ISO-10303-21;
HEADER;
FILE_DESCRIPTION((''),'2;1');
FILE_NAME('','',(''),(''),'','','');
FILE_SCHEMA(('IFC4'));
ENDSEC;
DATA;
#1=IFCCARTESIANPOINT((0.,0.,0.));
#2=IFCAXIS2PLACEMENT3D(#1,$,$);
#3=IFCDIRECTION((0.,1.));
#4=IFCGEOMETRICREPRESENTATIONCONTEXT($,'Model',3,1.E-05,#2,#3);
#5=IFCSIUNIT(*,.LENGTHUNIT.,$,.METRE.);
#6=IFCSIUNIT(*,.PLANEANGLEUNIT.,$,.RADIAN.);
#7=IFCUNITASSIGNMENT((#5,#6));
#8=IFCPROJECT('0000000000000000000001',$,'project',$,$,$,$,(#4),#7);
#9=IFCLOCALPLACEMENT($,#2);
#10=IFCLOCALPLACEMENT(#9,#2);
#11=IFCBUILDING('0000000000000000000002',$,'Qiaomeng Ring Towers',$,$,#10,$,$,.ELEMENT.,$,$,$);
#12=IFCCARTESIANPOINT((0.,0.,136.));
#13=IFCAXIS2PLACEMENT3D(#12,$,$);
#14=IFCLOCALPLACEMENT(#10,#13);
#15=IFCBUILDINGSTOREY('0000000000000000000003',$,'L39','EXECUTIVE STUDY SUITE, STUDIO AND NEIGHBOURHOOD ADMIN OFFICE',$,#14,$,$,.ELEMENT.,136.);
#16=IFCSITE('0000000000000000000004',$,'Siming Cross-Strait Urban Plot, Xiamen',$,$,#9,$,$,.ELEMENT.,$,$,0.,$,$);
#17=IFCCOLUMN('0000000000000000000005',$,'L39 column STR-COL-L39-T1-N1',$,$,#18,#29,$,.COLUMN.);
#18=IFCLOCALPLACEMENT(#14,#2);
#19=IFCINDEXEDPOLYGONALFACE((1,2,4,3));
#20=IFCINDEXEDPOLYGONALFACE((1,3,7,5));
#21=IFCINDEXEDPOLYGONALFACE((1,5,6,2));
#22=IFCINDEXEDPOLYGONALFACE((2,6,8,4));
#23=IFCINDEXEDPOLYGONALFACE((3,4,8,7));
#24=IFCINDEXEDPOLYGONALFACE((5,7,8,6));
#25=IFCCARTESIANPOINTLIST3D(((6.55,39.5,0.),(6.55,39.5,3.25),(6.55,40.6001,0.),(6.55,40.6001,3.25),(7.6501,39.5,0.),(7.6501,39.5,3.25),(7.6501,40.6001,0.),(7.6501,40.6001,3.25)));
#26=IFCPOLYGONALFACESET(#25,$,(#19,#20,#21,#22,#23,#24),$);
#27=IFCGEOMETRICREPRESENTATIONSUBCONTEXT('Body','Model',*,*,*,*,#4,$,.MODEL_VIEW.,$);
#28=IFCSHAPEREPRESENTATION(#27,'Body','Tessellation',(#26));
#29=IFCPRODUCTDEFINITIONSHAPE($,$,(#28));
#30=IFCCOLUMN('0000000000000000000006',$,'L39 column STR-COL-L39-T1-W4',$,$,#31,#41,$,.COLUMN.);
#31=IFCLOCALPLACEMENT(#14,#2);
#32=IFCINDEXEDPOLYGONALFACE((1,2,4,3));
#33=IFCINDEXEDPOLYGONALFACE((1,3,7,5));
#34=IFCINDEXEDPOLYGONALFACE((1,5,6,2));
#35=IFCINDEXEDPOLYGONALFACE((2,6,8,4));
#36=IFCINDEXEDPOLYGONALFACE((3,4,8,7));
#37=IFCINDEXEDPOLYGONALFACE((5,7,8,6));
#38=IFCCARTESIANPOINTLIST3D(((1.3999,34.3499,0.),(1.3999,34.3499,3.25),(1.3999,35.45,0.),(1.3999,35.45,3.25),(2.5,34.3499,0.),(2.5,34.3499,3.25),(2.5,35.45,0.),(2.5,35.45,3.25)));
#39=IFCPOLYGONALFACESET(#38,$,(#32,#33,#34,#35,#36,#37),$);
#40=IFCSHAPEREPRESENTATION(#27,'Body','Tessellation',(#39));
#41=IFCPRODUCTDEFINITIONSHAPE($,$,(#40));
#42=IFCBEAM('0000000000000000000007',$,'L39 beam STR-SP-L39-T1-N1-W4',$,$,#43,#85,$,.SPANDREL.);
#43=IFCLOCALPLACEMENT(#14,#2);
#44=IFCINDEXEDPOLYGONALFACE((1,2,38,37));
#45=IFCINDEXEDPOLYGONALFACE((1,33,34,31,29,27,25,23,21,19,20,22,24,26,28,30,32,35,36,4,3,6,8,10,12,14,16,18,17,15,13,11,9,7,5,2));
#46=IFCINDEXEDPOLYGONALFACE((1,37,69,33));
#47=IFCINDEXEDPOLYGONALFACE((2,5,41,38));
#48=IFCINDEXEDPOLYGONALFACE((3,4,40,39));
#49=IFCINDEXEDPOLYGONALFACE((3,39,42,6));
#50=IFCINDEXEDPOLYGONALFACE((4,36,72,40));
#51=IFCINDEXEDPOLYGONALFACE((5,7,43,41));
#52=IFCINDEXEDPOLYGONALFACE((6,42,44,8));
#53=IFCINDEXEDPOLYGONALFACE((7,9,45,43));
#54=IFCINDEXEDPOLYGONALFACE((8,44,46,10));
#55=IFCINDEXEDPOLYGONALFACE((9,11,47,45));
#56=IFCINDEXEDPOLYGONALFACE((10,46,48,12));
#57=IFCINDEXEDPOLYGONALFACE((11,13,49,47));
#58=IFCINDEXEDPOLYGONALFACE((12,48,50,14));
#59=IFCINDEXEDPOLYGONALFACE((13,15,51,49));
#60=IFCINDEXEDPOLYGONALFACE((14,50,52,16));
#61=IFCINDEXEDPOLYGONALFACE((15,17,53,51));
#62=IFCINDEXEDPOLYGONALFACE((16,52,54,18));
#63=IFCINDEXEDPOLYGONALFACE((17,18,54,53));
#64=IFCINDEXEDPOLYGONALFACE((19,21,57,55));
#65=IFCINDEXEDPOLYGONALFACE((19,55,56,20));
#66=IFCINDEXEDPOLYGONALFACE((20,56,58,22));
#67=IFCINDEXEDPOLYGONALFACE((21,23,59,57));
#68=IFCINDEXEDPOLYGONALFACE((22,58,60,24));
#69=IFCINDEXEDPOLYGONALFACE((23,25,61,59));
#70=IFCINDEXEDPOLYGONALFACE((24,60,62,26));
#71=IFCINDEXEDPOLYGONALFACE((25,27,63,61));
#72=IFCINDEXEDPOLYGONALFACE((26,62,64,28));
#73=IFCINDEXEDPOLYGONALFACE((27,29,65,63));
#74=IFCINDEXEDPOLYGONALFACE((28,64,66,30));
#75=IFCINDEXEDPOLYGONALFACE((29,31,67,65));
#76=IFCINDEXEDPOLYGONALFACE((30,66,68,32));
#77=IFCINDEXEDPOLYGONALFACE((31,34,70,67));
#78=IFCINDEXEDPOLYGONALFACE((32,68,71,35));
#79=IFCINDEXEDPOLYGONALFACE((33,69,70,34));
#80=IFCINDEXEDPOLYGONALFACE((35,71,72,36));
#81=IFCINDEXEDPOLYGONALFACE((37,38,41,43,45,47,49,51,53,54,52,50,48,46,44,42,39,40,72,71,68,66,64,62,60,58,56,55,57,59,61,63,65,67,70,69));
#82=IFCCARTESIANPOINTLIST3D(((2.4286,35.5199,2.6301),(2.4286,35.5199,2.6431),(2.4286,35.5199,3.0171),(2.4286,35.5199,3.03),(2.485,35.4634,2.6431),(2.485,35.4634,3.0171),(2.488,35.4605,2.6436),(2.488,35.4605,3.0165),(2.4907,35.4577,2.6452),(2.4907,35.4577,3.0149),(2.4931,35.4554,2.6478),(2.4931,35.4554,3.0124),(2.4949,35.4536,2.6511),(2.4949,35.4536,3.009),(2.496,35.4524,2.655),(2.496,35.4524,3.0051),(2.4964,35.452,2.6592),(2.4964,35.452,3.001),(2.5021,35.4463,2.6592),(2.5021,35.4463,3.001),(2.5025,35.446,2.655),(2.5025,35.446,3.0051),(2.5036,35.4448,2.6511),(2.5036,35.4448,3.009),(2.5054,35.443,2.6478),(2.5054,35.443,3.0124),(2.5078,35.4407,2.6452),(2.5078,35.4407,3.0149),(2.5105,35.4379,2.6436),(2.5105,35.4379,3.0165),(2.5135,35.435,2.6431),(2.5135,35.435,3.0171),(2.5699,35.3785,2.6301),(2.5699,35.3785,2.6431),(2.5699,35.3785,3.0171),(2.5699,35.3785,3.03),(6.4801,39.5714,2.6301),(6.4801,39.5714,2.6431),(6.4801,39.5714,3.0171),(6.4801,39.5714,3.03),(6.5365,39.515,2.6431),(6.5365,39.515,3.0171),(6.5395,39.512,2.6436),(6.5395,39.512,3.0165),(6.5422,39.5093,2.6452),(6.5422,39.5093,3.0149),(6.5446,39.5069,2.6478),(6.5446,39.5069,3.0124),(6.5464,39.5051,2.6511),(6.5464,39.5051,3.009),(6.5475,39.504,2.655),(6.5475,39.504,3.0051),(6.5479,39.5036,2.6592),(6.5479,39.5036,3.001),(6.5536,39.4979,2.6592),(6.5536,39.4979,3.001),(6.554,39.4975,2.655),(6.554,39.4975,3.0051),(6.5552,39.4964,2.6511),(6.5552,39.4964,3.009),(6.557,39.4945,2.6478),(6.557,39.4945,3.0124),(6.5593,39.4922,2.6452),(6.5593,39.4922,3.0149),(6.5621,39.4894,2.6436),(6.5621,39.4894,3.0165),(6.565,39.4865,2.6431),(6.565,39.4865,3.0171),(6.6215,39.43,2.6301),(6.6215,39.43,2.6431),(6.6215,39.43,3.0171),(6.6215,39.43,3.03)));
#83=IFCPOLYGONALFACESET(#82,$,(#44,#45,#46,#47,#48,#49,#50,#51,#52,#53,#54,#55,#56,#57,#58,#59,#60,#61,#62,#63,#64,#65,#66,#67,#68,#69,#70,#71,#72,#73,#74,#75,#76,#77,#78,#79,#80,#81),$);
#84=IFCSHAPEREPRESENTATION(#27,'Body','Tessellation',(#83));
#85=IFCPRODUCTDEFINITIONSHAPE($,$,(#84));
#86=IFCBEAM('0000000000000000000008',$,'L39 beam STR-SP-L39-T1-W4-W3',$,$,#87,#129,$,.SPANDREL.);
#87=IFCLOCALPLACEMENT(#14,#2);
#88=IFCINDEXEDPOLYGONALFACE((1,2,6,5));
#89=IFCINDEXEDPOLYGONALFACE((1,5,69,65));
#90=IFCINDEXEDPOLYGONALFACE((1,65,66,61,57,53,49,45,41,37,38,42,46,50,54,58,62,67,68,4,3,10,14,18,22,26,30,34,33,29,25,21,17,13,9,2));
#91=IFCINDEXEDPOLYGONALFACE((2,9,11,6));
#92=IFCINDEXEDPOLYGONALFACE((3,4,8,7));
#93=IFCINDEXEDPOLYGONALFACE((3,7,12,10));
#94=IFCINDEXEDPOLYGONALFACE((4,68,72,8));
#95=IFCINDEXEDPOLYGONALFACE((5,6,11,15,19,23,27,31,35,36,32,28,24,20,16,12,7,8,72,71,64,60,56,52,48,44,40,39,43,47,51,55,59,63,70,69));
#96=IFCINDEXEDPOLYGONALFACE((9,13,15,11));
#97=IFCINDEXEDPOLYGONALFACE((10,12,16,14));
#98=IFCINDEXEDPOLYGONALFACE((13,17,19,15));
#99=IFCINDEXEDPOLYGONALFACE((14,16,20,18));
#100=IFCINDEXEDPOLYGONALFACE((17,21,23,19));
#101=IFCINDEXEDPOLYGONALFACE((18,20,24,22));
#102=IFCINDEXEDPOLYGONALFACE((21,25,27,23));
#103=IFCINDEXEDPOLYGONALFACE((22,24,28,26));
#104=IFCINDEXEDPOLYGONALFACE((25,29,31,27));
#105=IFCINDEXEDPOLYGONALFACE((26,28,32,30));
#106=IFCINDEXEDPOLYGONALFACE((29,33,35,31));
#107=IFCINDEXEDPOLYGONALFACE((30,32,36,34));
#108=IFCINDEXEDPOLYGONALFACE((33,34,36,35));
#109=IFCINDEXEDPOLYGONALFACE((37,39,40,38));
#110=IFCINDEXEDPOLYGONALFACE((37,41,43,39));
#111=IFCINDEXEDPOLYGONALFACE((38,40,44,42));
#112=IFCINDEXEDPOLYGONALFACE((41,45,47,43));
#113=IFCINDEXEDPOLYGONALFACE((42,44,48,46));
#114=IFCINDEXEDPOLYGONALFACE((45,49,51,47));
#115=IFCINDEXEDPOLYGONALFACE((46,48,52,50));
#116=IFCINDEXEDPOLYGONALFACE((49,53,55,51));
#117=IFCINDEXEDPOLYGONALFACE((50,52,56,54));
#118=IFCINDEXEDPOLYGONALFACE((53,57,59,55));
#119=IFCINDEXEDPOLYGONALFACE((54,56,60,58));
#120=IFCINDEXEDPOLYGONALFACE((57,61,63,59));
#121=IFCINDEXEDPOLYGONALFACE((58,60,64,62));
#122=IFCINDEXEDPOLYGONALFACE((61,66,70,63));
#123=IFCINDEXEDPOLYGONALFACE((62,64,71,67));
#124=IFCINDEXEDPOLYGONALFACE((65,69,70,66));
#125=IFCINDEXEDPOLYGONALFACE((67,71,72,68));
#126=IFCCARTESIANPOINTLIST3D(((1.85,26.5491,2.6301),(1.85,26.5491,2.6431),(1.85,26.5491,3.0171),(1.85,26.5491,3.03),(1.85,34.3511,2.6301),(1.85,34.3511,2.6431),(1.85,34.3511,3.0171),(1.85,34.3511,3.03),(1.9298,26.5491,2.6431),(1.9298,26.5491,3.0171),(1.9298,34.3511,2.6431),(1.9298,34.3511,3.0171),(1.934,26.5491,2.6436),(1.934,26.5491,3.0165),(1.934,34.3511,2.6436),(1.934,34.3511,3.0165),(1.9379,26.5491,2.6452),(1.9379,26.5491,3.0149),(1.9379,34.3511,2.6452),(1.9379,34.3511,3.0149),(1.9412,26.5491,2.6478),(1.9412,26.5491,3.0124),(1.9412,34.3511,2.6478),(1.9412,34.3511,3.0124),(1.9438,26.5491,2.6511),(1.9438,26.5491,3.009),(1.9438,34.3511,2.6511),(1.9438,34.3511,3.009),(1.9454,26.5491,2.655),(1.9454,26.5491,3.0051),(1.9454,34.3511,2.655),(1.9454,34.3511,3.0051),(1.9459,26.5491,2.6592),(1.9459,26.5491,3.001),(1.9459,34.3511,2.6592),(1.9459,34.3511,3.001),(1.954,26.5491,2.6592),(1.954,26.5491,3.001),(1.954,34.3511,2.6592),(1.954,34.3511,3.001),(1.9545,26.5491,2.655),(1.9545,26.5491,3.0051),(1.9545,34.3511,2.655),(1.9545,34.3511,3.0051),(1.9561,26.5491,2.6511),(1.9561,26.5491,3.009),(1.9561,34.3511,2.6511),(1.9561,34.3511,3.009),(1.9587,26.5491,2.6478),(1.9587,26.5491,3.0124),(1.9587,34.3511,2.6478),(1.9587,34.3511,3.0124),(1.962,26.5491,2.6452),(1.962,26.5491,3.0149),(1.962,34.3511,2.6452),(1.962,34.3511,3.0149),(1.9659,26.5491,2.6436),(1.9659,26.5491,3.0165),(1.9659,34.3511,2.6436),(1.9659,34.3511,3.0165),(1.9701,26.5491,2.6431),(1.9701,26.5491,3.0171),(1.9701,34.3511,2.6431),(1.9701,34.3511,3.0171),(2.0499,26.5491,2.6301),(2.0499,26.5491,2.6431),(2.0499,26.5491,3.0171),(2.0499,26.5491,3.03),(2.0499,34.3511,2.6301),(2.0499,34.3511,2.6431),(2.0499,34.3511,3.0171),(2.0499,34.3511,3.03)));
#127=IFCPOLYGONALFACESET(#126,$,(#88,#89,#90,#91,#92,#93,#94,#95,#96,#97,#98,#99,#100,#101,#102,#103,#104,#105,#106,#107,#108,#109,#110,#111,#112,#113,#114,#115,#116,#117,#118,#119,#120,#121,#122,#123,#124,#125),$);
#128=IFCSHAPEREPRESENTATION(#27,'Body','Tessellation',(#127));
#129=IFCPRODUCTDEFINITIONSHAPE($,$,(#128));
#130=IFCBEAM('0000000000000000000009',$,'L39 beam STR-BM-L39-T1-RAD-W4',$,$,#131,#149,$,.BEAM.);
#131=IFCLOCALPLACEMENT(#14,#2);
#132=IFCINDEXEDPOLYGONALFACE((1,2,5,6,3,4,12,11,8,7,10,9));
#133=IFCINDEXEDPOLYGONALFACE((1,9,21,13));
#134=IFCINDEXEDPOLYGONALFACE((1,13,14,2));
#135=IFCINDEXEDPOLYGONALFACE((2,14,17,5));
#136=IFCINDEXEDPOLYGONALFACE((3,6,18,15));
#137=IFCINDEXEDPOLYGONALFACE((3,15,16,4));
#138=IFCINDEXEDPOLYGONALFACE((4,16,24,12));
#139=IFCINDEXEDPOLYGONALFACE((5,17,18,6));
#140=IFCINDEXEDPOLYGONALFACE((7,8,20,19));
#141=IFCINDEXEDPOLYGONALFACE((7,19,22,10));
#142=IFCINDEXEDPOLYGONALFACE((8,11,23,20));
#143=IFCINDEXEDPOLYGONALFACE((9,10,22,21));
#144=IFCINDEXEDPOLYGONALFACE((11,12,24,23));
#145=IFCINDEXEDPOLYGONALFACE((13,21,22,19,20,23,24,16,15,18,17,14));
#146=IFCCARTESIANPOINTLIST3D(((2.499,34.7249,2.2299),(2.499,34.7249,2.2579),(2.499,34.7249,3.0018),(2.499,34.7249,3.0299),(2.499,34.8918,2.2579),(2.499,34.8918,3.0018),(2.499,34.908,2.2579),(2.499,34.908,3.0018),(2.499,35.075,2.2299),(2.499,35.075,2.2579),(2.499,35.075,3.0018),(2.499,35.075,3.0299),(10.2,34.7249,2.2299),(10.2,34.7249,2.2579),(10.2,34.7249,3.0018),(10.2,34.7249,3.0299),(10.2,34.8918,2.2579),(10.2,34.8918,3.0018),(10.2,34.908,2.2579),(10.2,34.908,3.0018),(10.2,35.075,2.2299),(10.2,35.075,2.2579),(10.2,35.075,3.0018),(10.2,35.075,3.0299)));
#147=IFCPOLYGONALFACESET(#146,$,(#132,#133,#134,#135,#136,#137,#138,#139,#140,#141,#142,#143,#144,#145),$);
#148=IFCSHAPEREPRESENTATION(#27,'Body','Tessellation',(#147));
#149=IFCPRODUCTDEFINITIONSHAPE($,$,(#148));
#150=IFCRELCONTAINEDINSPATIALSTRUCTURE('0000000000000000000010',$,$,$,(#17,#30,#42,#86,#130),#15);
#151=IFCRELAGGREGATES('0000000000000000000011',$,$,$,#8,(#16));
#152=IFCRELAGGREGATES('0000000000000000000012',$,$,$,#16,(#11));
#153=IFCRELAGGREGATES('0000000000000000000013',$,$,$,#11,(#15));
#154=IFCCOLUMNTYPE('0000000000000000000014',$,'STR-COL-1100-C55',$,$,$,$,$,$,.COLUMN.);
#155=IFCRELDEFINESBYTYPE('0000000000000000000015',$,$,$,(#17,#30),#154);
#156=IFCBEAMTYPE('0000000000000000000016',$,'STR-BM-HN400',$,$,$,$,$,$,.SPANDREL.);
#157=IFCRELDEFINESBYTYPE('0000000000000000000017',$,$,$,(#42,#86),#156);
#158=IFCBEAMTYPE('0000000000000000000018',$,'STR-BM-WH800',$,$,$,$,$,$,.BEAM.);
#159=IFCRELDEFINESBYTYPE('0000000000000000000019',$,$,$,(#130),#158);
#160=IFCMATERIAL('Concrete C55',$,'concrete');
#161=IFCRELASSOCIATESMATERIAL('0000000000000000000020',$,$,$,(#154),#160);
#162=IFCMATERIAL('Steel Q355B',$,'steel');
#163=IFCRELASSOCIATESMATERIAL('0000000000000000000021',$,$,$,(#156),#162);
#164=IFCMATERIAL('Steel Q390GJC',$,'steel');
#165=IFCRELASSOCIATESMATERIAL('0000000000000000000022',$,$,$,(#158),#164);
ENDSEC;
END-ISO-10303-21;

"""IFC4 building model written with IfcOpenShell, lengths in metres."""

from ifc_helpers import new_model, si_unit, direction, frame, origin, origin_2d, place, context, subcontext, project, spatial, rectangle, i_section, extrude, source, transform, mapped, material, material_profile, profile_set, type_object, element, save


model = new_model("IFC4")

# Units and contexts
model_context = context("Model", 3, precision=1e-05, world=origin(), true_north=direction((0.0, 1.0)))
body_context = subcontext(model_context, "Body", "Model", "MODEL_VIEW")
ifc_project = project(units=[si_unit("LENGTHUNIT", "METRE"), si_unit("PLANEANGLEUNIT", "RADIAN")], contexts=[model_context])

# Site, building, storey
site_placement = place(None, origin())
site = spatial("IfcSite", under=ifc_project, at=site_placement, Name="Siming Cross-Strait Urban Plot, Xiamen", CompositionType="ELEMENT", RefElevation=0.0)
building_placement = place(site_placement, origin())
building = spatial("IfcBuilding", under=site, at=building_placement, Name="Qiaomeng Ring Towers", CompositionType="ELEMENT")
storey_placement = place(building_placement, frame((0.0, 0.0, 136.0)))
storey = spatial("IfcBuildingStorey", under=building, at=storey_placement, Name="L39", Description="EXECUTIVE STUDY SUITE, STUDIO AND NEIGHBOURHOOD ADMIN OFFICE", CompositionType="ELEMENT", Elevation=136.0)

# Columns
ifc_material_1 = material(Name="Concrete C55", Category="concrete")
ifc_material_profile_1 = material_profile(ifc_material_1, rectangle(XDim=1.1001, YDim=1.1001, at=origin_2d()), Name="RC COL 1100x1100")
ifc_profile_set_1 = profile_set([ifc_material_profile_1], Name="Concrete C55")
column_type = type_object("IfcColumnType", Name="STR-COL-1100-C55", PredefinedType="COLUMN", material=ifc_profile_set_1)
shared_shape_1 = source(origin(), body_context, "Body", "SweptSolid", [
    extrude(rectangle(XDim=1.1001, YDim=1.1001, at=origin_2d()), origin(), (0.0, 0.0, 1.0), 3.25),
])
for number, where, z_axis, x_axis, name in (
    (1, (7.1001, 40.05, 0.0), (0.0, 0.0, 1.0), (1.0, 0.0, 0.0), "L39 column STR-COL-L39-T1-N1"),
    (2, (1.95, 34.8999, 0.0), (0.0, 0.0, 1.0), (1.0, 0.0, 0.0), "L39 column STR-COL-L39-T1-W4"),
):
    element("IfcColumn", number, at=place(storey_placement, frame(where, z_axis=z_axis, x_axis=x_axis)), inside=storey, type_object=column_type, Name=name, PredefinedType="COLUMN", context=body_context, shape_type="MappedRepresentation", body=[
        mapped(shared_shape_1, transform((0.0, 0.0, 0.0), x_axis=(1.0, 0.0, 0.0), y_axis=(0.0, 1.0, 0.0), z_axis=(0.0, 0.0, 1.0), scale=1.0)),
    ])

# Beams
ifc_material_2 = material(Name="Steel Q355B", Category="steel")
ifc_material_profile_2 = material_profile(ifc_material_2, i_section(OverallWidth=0.2, OverallDepth=0.3999, WebThickness=0.0081, FlangeThickness=0.0129, FilletRadius=0.0161, at=origin_2d()), Name="HN 400x200x8x13")
ifc_profile_set_2 = profile_set([ifc_material_profile_2], Name="Steel Q355B")
beam_type_1 = type_object("IfcBeamType", Name="STR-BM-HN400", PredefinedType="SPANDREL", material=ifc_profile_set_2)
shared_shape_2 = source(origin(), body_context, "Body", "SweptSolid", [
    extrude(i_section(OverallWidth=0.2, OverallDepth=0.3999, WebThickness=0.0081, FlangeThickness=0.0129, FilletRadius=0.0161, at=origin_2d()), origin(), (0.0, 0.0, 1.0), 5.7297),
])
beam_1_placement = place(storey_placement, frame((6.5508, 39.5007, 2.8301), z_axis=(-0.707107, -0.707107, 0.0), x_axis=(0.707107, -0.707107, 0.0)))
element("IfcBeam", 3, at=beam_1_placement, inside=storey, type_object=beam_type_1, Name="L39 beam STR-SP-L39-T1-N1-W4", PredefinedType="SPANDREL", context=body_context, shape_type="MappedRepresentation", body=[
    mapped(shared_shape_2, transform((0.0, 0.0, 0.0), x_axis=(1.0, 0.0, 0.0), y_axis=(0.0, 1.0, 0.0), z_axis=(0.0, 0.0, 1.0), scale=1.0)),
])
shared_shape_3 = source(origin(), body_context, "Body", "SweptSolid", [
    extrude(i_section(OverallWidth=0.2, OverallDepth=0.3999, WebThickness=0.0081, FlangeThickness=0.0129, FilletRadius=0.0161, at=origin_2d()), origin(), (0.0, 0.0, 1.0), 7.802),
])
beam_2_placement = place(storey_placement, frame((1.95, 34.3511, 2.8301), z_axis=(0.0, -1.0, 0.0), x_axis=(1.0, 0.0, 0.0)))
element("IfcBeam", 4, at=beam_2_placement, inside=storey, type_object=beam_type_1, Name="L39 beam STR-SP-L39-T1-W4-W3", PredefinedType="SPANDREL", context=body_context, shape_type="MappedRepresentation", body=[
    mapped(shared_shape_3, transform((0.0, 0.0, 0.0), x_axis=(1.0, 0.0, 0.0), y_axis=(0.0, 1.0, 0.0), z_axis=(0.0, 0.0, 1.0), scale=1.0)),
])
ifc_material_3 = material(Name="Steel Q390GJC", Category="steel")
ifc_material_profile_3 = material_profile(ifc_material_3, i_section(OverallWidth=0.3501, OverallDepth=0.8, WebThickness=0.0161, FlangeThickness=0.0281, at=origin_2d()), Name="WH 800x350x16x28")
ifc_profile_set_3 = profile_set([ifc_material_profile_3], Name="Steel Q390GJC")
beam_type_2 = type_object("IfcBeamType", Name="STR-BM-WH800", PredefinedType="BEAM", material=ifc_profile_set_3)
shared_shape_4 = source(origin(), body_context, "Body", "SweptSolid", [
    extrude(i_section(OverallWidth=0.3501, OverallDepth=0.8, WebThickness=0.0161, FlangeThickness=0.0281, at=origin_2d()), origin(), (0.0, 0.0, 1.0), 7.7009),
])
beam_3_placement = place(storey_placement, frame((2.499, 34.8999, 2.6299), z_axis=(1.0, 0.0, 0.0), x_axis=(0.0, 1.0, 0.0)))
element("IfcBeam", 5, at=beam_3_placement, inside=storey, type_object=beam_type_2, Name="L39 beam STR-BM-L39-T1-RAD-W4", PredefinedType="BEAM", context=body_context, shape_type="MappedRepresentation", body=[
    mapped(shared_shape_4, transform((0.0, 0.0, 0.0), x_axis=(1.0, 0.0, 0.0), y_axis=(0.0, 1.0, 0.0), z_axis=(0.0, 0.0, 1.0), scale=1.0)),
])

save(model, "model.ifc")
